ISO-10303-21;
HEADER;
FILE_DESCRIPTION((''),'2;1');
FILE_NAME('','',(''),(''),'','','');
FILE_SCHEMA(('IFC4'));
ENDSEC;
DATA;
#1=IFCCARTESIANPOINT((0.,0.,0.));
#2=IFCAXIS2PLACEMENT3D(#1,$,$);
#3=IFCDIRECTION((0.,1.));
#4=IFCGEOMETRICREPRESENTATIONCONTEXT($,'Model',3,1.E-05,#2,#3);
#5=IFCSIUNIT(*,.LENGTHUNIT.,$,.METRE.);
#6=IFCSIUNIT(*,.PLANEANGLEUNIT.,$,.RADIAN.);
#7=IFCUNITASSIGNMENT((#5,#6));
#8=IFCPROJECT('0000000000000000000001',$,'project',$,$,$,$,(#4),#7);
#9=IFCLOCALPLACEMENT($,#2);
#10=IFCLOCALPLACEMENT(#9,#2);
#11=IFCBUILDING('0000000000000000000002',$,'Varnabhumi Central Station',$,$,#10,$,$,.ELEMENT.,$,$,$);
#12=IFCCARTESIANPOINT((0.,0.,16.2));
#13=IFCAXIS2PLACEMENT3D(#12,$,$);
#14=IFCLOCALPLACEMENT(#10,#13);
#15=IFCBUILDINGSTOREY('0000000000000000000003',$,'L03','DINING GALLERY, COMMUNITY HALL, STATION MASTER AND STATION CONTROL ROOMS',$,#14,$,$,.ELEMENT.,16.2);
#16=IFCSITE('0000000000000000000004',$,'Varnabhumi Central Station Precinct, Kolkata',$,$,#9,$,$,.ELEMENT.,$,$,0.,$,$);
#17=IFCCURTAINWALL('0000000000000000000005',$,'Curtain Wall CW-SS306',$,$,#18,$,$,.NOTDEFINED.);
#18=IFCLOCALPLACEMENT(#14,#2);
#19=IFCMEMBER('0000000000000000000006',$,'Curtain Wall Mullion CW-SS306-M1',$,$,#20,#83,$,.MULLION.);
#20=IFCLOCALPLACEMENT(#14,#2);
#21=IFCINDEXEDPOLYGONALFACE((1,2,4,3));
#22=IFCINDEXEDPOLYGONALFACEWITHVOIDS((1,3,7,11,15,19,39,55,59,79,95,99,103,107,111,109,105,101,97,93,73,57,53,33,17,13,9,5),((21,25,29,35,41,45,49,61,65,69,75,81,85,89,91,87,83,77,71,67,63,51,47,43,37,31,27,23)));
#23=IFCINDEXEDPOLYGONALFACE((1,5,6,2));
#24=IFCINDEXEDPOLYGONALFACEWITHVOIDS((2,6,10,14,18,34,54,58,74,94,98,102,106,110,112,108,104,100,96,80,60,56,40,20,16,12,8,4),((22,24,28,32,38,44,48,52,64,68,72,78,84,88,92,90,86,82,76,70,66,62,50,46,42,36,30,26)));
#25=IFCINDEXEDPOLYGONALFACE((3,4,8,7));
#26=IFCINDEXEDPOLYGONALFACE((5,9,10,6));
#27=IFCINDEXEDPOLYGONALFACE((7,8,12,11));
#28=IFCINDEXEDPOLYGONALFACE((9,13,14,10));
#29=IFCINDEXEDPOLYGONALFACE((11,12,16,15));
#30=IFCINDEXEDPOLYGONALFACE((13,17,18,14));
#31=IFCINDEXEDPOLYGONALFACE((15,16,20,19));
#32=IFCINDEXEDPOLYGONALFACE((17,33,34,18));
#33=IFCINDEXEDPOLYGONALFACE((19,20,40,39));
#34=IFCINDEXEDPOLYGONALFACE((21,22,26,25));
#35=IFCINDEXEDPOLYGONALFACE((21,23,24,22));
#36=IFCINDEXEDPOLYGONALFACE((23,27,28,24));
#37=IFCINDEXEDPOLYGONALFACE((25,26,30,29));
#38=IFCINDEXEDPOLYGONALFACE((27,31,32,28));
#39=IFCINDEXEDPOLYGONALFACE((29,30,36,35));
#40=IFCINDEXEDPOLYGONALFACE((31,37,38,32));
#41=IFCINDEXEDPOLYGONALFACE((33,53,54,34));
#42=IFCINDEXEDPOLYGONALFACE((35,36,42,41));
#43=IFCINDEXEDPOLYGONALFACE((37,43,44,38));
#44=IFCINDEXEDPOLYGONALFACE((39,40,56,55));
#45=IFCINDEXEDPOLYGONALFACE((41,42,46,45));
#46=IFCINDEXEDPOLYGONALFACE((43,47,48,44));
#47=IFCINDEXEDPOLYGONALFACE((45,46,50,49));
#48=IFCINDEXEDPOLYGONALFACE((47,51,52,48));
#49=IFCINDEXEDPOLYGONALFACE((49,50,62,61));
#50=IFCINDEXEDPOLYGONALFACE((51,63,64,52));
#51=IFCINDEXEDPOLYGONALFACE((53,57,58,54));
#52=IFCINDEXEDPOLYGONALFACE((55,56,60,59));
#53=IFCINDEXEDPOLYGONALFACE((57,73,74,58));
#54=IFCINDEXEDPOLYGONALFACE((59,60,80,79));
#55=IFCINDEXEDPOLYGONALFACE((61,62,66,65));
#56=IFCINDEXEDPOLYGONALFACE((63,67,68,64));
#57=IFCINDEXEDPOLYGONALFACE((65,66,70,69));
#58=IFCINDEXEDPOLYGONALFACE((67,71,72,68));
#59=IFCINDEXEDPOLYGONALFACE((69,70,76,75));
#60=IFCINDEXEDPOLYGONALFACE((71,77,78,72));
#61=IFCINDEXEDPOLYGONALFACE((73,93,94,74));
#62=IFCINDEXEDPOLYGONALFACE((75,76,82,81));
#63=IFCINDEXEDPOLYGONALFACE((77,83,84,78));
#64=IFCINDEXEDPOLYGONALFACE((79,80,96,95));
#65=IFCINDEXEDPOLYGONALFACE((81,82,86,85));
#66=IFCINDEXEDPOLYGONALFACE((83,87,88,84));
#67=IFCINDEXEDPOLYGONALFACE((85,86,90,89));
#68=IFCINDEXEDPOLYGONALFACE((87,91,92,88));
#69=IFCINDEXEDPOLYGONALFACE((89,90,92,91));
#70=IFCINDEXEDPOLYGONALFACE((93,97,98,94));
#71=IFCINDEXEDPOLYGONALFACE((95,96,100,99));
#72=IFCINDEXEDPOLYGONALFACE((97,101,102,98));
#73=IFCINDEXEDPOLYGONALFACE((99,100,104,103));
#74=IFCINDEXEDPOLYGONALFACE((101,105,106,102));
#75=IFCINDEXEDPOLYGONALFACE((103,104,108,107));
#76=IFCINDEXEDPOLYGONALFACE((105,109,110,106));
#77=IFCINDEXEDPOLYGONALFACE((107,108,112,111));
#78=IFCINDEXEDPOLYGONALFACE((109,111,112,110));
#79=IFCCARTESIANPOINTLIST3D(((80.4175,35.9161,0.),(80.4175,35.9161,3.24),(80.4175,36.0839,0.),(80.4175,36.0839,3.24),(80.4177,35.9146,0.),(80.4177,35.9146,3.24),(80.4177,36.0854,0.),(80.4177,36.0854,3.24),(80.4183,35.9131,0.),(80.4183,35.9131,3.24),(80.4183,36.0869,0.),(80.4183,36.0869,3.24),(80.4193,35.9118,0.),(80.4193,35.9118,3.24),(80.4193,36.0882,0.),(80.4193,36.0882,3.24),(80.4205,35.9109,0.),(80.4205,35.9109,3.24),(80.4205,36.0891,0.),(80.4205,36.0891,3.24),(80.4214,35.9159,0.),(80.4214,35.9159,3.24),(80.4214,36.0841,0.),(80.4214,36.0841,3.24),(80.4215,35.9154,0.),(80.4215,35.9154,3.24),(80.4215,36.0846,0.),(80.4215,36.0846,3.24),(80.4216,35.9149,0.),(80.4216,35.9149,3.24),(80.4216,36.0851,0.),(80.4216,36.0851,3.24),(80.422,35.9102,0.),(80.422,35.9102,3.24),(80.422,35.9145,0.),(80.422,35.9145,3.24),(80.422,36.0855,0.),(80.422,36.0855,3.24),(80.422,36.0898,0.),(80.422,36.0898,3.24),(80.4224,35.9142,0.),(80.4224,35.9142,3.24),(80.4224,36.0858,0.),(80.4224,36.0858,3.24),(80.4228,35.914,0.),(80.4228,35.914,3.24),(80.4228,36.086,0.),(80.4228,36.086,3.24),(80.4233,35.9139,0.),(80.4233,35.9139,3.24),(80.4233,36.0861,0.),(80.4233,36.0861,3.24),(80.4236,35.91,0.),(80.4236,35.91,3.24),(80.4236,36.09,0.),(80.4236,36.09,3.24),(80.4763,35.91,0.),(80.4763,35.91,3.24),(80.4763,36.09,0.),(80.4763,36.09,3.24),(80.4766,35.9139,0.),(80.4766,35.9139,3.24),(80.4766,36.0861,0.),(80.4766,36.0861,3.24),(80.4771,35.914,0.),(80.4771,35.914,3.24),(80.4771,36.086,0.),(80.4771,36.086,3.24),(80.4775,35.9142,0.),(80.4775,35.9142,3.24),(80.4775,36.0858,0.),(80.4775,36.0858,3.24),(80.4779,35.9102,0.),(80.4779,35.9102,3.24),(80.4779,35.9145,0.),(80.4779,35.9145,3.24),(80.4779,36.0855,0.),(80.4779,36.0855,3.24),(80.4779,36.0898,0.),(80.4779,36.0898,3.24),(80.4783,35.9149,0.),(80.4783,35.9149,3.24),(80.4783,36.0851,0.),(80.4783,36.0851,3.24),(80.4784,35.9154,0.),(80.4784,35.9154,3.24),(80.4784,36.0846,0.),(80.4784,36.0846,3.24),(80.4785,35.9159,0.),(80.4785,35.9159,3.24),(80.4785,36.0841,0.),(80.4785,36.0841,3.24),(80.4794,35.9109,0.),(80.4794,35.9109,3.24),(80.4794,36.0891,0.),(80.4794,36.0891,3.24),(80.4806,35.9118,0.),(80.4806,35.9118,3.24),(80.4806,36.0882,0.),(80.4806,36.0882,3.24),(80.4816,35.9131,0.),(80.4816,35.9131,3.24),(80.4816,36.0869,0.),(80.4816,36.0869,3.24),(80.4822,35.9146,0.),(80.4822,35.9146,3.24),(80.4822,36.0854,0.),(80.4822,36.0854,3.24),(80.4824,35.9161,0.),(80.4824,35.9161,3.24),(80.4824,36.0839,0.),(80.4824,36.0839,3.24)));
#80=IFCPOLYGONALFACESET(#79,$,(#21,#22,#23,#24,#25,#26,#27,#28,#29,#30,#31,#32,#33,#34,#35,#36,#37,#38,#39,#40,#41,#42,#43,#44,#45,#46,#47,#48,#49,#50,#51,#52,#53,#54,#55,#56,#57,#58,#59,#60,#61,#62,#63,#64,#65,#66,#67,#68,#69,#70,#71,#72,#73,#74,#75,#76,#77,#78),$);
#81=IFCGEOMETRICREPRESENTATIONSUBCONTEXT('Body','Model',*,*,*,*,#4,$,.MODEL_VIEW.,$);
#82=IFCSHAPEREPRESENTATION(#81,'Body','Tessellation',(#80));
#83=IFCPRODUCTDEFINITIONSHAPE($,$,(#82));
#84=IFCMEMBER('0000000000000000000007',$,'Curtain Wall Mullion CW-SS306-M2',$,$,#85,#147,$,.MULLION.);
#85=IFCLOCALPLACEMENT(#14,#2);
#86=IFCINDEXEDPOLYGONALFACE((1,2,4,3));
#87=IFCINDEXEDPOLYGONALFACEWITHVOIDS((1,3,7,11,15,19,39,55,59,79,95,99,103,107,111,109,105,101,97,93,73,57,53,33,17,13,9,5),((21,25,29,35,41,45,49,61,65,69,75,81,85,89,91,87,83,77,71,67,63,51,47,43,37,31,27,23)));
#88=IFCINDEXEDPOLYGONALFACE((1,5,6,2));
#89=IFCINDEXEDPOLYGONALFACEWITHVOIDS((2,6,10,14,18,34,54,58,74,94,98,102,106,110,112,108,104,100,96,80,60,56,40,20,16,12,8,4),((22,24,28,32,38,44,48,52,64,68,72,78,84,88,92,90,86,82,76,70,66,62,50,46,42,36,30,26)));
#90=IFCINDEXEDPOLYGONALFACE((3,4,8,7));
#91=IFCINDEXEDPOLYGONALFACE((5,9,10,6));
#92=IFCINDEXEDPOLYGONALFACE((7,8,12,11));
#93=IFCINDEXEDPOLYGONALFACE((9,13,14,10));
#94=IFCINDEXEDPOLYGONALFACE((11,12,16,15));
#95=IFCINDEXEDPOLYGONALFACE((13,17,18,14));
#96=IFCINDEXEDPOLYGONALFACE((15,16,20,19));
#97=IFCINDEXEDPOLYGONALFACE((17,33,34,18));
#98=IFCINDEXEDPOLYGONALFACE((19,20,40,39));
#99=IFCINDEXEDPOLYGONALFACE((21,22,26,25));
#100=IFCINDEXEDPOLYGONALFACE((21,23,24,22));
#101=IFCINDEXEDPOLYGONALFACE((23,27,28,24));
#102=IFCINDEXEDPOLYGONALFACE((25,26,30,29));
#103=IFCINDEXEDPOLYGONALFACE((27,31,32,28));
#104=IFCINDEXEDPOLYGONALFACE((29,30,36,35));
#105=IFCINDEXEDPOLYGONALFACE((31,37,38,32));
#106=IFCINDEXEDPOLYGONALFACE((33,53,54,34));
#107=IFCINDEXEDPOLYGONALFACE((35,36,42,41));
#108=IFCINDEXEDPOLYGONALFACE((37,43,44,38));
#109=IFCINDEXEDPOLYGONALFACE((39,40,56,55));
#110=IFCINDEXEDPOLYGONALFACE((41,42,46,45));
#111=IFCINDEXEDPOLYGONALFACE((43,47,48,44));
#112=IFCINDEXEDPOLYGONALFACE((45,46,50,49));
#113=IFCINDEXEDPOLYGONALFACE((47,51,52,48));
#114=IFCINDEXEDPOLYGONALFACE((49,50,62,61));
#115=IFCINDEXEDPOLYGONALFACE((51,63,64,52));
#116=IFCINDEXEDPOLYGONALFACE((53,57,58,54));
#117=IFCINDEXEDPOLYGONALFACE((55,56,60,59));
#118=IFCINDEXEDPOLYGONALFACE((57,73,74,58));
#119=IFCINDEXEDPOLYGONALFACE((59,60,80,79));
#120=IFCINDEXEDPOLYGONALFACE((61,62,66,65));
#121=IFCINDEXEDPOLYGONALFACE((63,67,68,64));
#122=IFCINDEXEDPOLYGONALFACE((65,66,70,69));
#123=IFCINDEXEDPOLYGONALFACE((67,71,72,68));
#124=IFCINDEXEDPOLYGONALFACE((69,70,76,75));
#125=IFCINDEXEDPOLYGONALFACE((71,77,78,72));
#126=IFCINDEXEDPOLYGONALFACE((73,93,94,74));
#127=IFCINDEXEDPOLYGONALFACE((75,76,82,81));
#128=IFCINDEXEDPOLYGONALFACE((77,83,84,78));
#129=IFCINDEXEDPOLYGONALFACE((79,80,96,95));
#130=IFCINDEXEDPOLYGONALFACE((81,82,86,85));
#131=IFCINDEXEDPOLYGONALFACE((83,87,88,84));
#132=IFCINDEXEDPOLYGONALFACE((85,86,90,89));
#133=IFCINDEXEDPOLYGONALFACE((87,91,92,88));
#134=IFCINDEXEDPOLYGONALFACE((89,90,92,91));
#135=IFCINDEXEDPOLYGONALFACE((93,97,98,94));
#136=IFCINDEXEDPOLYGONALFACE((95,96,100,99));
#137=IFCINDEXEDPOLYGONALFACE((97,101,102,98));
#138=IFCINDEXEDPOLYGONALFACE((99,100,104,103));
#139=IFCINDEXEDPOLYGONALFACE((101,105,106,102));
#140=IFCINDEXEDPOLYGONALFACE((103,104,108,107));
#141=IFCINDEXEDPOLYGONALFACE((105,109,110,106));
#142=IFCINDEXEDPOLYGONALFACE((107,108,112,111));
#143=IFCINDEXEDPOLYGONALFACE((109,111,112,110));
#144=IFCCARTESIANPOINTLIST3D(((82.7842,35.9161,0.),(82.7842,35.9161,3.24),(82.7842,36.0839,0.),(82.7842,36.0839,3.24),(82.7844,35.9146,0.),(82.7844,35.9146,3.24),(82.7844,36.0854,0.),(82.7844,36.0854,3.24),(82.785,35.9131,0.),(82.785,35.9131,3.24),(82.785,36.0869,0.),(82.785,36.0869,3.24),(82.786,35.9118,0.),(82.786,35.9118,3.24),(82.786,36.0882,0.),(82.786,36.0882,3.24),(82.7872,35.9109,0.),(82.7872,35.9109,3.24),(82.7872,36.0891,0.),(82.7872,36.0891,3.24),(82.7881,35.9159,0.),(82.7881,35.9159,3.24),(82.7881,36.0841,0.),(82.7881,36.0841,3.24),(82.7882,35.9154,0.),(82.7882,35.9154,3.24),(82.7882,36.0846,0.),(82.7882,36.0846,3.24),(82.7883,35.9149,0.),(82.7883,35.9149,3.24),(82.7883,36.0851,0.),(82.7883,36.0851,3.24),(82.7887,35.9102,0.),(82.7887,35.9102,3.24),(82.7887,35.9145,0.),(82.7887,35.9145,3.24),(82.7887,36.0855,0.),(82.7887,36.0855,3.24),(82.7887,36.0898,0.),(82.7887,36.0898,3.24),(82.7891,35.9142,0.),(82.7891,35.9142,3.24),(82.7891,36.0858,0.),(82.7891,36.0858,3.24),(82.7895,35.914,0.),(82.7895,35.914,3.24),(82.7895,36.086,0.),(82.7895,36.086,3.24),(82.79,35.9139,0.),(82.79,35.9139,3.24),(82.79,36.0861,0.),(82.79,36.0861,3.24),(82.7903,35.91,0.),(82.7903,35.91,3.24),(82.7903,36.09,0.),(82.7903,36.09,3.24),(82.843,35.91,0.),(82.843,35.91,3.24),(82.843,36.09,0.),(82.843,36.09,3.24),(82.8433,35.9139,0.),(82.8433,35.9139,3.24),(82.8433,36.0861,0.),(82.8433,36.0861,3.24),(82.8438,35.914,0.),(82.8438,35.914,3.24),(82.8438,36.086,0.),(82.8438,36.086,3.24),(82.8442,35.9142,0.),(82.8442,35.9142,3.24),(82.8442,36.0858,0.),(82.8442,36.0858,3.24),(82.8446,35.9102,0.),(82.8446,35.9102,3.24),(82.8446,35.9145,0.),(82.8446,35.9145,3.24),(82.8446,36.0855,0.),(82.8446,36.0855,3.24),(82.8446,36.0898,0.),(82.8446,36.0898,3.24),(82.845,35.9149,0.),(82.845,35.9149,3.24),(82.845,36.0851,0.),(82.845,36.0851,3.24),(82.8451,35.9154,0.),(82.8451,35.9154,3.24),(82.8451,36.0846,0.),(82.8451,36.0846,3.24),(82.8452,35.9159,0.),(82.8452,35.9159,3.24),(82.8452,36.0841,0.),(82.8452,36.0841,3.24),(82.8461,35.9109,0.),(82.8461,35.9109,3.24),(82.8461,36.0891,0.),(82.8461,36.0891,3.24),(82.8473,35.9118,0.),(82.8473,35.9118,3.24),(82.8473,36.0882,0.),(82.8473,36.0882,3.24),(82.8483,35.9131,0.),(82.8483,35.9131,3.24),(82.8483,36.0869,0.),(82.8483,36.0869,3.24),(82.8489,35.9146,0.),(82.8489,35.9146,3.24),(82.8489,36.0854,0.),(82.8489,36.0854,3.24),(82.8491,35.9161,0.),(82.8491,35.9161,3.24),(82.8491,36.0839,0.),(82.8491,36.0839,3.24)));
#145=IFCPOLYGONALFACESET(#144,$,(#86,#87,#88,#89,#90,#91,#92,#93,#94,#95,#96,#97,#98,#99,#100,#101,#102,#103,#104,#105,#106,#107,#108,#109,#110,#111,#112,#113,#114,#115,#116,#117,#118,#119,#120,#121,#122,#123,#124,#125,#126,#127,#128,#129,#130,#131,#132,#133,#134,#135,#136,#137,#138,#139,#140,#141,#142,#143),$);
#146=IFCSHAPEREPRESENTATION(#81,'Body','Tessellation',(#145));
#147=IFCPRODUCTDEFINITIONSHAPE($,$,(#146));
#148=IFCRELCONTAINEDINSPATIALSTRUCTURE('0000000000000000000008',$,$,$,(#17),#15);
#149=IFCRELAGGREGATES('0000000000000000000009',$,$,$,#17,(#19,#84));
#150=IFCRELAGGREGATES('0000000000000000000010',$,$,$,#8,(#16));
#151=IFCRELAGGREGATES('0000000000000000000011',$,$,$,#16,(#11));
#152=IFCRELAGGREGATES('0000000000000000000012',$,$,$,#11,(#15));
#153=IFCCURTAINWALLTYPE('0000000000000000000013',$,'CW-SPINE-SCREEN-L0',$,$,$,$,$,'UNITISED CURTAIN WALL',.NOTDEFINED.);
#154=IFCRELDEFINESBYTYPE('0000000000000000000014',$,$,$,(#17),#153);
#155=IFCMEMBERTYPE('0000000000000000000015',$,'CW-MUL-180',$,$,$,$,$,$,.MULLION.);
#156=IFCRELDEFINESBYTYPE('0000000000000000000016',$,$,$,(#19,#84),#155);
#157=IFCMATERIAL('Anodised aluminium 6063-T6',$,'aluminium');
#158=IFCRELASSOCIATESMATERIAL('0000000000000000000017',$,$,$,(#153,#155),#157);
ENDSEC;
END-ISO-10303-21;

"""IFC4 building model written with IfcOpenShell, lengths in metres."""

from ifc_helpers import new_model, si_unit, direction, frame, origin, origin_2d, place, context, subcontext, project, spatial, hollow_rectangle, extrude, material, material_profile, profile_set, type_object, element, aggregate, save


model = new_model("IFC4")

# Units and contexts
model_context = context("Model", 3, precision=1e-05, world=origin(), true_north=direction((0.0, 1.0)))
body_context = subcontext(model_context, "Body", "Model", "MODEL_VIEW")
ifc_project = project(units=[si_unit("LENGTHUNIT", "METRE"), si_unit("PLANEANGLEUNIT", "RADIAN")], contexts=[model_context])

# Site, building, storey
site_placement = place(None, origin())
site = spatial("IfcSite", under=ifc_project, at=site_placement, Name="Varnabhumi Central Station Precinct, Kolkata", CompositionType="ELEMENT", RefElevation=0.0)
building_placement = place(site_placement, origin())
building = spatial("IfcBuilding", under=site, at=building_placement, Name="Varnabhumi Central Station", CompositionType="ELEMENT")
storey_placement = place(building_placement, frame((0.0, 0.0, 16.2)))
storey = spatial("IfcBuildingStorey", under=building, at=storey_placement, Name="L03", Description="DINING GALLERY, COMMUNITY HALL, STATION MASTER AND STATION CONTROL ROOMS", CompositionType="ELEMENT", Elevation=16.2)

# Curtain wall, members
ifc_material_1 = material(Name="Anodised aluminium 6063-T6", Category="aluminium")
curtain_wall_type = type_object("IfcCurtainWallType", Name="CW-SPINE-SCREEN-L0", ElementType="UNITISED CURTAIN WALL", PredefinedType="NOTDEFINED", material=ifc_material_1)
curtain_wall_placement = place(storey_placement, origin())
curtain_wall = element("IfcCurtainWall", 1, at=curtain_wall_placement, inside=storey, type_object=curtain_wall_type, Name="Curtain Wall CW-SS306", PredefinedType="NOTDEFINED")
ifc_material_profile_1 = material_profile(ifc_material_1, hollow_rectangle(XDim=0.0649, YDim=0.1799, WallThickness=0.0039, InnerFilletRadius=0.002, OuterFilletRadius=0.0061, at=origin_2d()), Name="Anodised aluminium 6063-T6", Category="aluminium")
ifc_profile_set_1 = profile_set([ifc_material_profile_1], Name="Anodised aluminium 6063-T6")
member_type_1 = type_object("IfcMemberType", Name="CW-MUL-180", PredefinedType="MULLION", material=ifc_profile_set_1)
member_1_placement = place(storey_placement, frame((80.45, 36.0, 0.0), z_axis=(0.0, 0.0, 1.0), x_axis=(1.0, 0.0, 0.0)))
member_1 = element("IfcMember", 2, at=member_1_placement, type_object=member_type_1, Name="Curtain Wall Mullion CW-SS306-M1", PredefinedType="MULLION", context=body_context, shape_type="SweptSolid", body=[
    extrude(hollow_rectangle(XDim=0.0649, YDim=0.1799, WallThickness=0.0039, InnerFilletRadius=0.002, OuterFilletRadius=0.0061, at=origin_2d()), origin(), (0.0, 0.0, 1.0), 3.24),
])
member_2_placement = place(storey_placement, frame((82.8167, 36.0, 0.0), z_axis=(0.0, 0.0, 1.0), x_axis=(1.0, 0.0, 0.0)))
member_2 = element("IfcMember", 3, at=member_2_placement, type_object=member_type_1, Name="Curtain Wall Mullion CW-SS306-M2", PredefinedType="MULLION", context=body_context, shape_type="SweptSolid", body=[
    extrude(hollow_rectangle(XDim=0.0649, YDim=0.1799, WallThickness=0.0039, InnerFilletRadius=0.002, OuterFilletRadius=0.0061, at=origin_2d()), origin(), (0.0, 0.0, 1.0), 3.24),
])
aggregate(curtain_wall, [member_1, member_2])

save(model, "model.ifc")
